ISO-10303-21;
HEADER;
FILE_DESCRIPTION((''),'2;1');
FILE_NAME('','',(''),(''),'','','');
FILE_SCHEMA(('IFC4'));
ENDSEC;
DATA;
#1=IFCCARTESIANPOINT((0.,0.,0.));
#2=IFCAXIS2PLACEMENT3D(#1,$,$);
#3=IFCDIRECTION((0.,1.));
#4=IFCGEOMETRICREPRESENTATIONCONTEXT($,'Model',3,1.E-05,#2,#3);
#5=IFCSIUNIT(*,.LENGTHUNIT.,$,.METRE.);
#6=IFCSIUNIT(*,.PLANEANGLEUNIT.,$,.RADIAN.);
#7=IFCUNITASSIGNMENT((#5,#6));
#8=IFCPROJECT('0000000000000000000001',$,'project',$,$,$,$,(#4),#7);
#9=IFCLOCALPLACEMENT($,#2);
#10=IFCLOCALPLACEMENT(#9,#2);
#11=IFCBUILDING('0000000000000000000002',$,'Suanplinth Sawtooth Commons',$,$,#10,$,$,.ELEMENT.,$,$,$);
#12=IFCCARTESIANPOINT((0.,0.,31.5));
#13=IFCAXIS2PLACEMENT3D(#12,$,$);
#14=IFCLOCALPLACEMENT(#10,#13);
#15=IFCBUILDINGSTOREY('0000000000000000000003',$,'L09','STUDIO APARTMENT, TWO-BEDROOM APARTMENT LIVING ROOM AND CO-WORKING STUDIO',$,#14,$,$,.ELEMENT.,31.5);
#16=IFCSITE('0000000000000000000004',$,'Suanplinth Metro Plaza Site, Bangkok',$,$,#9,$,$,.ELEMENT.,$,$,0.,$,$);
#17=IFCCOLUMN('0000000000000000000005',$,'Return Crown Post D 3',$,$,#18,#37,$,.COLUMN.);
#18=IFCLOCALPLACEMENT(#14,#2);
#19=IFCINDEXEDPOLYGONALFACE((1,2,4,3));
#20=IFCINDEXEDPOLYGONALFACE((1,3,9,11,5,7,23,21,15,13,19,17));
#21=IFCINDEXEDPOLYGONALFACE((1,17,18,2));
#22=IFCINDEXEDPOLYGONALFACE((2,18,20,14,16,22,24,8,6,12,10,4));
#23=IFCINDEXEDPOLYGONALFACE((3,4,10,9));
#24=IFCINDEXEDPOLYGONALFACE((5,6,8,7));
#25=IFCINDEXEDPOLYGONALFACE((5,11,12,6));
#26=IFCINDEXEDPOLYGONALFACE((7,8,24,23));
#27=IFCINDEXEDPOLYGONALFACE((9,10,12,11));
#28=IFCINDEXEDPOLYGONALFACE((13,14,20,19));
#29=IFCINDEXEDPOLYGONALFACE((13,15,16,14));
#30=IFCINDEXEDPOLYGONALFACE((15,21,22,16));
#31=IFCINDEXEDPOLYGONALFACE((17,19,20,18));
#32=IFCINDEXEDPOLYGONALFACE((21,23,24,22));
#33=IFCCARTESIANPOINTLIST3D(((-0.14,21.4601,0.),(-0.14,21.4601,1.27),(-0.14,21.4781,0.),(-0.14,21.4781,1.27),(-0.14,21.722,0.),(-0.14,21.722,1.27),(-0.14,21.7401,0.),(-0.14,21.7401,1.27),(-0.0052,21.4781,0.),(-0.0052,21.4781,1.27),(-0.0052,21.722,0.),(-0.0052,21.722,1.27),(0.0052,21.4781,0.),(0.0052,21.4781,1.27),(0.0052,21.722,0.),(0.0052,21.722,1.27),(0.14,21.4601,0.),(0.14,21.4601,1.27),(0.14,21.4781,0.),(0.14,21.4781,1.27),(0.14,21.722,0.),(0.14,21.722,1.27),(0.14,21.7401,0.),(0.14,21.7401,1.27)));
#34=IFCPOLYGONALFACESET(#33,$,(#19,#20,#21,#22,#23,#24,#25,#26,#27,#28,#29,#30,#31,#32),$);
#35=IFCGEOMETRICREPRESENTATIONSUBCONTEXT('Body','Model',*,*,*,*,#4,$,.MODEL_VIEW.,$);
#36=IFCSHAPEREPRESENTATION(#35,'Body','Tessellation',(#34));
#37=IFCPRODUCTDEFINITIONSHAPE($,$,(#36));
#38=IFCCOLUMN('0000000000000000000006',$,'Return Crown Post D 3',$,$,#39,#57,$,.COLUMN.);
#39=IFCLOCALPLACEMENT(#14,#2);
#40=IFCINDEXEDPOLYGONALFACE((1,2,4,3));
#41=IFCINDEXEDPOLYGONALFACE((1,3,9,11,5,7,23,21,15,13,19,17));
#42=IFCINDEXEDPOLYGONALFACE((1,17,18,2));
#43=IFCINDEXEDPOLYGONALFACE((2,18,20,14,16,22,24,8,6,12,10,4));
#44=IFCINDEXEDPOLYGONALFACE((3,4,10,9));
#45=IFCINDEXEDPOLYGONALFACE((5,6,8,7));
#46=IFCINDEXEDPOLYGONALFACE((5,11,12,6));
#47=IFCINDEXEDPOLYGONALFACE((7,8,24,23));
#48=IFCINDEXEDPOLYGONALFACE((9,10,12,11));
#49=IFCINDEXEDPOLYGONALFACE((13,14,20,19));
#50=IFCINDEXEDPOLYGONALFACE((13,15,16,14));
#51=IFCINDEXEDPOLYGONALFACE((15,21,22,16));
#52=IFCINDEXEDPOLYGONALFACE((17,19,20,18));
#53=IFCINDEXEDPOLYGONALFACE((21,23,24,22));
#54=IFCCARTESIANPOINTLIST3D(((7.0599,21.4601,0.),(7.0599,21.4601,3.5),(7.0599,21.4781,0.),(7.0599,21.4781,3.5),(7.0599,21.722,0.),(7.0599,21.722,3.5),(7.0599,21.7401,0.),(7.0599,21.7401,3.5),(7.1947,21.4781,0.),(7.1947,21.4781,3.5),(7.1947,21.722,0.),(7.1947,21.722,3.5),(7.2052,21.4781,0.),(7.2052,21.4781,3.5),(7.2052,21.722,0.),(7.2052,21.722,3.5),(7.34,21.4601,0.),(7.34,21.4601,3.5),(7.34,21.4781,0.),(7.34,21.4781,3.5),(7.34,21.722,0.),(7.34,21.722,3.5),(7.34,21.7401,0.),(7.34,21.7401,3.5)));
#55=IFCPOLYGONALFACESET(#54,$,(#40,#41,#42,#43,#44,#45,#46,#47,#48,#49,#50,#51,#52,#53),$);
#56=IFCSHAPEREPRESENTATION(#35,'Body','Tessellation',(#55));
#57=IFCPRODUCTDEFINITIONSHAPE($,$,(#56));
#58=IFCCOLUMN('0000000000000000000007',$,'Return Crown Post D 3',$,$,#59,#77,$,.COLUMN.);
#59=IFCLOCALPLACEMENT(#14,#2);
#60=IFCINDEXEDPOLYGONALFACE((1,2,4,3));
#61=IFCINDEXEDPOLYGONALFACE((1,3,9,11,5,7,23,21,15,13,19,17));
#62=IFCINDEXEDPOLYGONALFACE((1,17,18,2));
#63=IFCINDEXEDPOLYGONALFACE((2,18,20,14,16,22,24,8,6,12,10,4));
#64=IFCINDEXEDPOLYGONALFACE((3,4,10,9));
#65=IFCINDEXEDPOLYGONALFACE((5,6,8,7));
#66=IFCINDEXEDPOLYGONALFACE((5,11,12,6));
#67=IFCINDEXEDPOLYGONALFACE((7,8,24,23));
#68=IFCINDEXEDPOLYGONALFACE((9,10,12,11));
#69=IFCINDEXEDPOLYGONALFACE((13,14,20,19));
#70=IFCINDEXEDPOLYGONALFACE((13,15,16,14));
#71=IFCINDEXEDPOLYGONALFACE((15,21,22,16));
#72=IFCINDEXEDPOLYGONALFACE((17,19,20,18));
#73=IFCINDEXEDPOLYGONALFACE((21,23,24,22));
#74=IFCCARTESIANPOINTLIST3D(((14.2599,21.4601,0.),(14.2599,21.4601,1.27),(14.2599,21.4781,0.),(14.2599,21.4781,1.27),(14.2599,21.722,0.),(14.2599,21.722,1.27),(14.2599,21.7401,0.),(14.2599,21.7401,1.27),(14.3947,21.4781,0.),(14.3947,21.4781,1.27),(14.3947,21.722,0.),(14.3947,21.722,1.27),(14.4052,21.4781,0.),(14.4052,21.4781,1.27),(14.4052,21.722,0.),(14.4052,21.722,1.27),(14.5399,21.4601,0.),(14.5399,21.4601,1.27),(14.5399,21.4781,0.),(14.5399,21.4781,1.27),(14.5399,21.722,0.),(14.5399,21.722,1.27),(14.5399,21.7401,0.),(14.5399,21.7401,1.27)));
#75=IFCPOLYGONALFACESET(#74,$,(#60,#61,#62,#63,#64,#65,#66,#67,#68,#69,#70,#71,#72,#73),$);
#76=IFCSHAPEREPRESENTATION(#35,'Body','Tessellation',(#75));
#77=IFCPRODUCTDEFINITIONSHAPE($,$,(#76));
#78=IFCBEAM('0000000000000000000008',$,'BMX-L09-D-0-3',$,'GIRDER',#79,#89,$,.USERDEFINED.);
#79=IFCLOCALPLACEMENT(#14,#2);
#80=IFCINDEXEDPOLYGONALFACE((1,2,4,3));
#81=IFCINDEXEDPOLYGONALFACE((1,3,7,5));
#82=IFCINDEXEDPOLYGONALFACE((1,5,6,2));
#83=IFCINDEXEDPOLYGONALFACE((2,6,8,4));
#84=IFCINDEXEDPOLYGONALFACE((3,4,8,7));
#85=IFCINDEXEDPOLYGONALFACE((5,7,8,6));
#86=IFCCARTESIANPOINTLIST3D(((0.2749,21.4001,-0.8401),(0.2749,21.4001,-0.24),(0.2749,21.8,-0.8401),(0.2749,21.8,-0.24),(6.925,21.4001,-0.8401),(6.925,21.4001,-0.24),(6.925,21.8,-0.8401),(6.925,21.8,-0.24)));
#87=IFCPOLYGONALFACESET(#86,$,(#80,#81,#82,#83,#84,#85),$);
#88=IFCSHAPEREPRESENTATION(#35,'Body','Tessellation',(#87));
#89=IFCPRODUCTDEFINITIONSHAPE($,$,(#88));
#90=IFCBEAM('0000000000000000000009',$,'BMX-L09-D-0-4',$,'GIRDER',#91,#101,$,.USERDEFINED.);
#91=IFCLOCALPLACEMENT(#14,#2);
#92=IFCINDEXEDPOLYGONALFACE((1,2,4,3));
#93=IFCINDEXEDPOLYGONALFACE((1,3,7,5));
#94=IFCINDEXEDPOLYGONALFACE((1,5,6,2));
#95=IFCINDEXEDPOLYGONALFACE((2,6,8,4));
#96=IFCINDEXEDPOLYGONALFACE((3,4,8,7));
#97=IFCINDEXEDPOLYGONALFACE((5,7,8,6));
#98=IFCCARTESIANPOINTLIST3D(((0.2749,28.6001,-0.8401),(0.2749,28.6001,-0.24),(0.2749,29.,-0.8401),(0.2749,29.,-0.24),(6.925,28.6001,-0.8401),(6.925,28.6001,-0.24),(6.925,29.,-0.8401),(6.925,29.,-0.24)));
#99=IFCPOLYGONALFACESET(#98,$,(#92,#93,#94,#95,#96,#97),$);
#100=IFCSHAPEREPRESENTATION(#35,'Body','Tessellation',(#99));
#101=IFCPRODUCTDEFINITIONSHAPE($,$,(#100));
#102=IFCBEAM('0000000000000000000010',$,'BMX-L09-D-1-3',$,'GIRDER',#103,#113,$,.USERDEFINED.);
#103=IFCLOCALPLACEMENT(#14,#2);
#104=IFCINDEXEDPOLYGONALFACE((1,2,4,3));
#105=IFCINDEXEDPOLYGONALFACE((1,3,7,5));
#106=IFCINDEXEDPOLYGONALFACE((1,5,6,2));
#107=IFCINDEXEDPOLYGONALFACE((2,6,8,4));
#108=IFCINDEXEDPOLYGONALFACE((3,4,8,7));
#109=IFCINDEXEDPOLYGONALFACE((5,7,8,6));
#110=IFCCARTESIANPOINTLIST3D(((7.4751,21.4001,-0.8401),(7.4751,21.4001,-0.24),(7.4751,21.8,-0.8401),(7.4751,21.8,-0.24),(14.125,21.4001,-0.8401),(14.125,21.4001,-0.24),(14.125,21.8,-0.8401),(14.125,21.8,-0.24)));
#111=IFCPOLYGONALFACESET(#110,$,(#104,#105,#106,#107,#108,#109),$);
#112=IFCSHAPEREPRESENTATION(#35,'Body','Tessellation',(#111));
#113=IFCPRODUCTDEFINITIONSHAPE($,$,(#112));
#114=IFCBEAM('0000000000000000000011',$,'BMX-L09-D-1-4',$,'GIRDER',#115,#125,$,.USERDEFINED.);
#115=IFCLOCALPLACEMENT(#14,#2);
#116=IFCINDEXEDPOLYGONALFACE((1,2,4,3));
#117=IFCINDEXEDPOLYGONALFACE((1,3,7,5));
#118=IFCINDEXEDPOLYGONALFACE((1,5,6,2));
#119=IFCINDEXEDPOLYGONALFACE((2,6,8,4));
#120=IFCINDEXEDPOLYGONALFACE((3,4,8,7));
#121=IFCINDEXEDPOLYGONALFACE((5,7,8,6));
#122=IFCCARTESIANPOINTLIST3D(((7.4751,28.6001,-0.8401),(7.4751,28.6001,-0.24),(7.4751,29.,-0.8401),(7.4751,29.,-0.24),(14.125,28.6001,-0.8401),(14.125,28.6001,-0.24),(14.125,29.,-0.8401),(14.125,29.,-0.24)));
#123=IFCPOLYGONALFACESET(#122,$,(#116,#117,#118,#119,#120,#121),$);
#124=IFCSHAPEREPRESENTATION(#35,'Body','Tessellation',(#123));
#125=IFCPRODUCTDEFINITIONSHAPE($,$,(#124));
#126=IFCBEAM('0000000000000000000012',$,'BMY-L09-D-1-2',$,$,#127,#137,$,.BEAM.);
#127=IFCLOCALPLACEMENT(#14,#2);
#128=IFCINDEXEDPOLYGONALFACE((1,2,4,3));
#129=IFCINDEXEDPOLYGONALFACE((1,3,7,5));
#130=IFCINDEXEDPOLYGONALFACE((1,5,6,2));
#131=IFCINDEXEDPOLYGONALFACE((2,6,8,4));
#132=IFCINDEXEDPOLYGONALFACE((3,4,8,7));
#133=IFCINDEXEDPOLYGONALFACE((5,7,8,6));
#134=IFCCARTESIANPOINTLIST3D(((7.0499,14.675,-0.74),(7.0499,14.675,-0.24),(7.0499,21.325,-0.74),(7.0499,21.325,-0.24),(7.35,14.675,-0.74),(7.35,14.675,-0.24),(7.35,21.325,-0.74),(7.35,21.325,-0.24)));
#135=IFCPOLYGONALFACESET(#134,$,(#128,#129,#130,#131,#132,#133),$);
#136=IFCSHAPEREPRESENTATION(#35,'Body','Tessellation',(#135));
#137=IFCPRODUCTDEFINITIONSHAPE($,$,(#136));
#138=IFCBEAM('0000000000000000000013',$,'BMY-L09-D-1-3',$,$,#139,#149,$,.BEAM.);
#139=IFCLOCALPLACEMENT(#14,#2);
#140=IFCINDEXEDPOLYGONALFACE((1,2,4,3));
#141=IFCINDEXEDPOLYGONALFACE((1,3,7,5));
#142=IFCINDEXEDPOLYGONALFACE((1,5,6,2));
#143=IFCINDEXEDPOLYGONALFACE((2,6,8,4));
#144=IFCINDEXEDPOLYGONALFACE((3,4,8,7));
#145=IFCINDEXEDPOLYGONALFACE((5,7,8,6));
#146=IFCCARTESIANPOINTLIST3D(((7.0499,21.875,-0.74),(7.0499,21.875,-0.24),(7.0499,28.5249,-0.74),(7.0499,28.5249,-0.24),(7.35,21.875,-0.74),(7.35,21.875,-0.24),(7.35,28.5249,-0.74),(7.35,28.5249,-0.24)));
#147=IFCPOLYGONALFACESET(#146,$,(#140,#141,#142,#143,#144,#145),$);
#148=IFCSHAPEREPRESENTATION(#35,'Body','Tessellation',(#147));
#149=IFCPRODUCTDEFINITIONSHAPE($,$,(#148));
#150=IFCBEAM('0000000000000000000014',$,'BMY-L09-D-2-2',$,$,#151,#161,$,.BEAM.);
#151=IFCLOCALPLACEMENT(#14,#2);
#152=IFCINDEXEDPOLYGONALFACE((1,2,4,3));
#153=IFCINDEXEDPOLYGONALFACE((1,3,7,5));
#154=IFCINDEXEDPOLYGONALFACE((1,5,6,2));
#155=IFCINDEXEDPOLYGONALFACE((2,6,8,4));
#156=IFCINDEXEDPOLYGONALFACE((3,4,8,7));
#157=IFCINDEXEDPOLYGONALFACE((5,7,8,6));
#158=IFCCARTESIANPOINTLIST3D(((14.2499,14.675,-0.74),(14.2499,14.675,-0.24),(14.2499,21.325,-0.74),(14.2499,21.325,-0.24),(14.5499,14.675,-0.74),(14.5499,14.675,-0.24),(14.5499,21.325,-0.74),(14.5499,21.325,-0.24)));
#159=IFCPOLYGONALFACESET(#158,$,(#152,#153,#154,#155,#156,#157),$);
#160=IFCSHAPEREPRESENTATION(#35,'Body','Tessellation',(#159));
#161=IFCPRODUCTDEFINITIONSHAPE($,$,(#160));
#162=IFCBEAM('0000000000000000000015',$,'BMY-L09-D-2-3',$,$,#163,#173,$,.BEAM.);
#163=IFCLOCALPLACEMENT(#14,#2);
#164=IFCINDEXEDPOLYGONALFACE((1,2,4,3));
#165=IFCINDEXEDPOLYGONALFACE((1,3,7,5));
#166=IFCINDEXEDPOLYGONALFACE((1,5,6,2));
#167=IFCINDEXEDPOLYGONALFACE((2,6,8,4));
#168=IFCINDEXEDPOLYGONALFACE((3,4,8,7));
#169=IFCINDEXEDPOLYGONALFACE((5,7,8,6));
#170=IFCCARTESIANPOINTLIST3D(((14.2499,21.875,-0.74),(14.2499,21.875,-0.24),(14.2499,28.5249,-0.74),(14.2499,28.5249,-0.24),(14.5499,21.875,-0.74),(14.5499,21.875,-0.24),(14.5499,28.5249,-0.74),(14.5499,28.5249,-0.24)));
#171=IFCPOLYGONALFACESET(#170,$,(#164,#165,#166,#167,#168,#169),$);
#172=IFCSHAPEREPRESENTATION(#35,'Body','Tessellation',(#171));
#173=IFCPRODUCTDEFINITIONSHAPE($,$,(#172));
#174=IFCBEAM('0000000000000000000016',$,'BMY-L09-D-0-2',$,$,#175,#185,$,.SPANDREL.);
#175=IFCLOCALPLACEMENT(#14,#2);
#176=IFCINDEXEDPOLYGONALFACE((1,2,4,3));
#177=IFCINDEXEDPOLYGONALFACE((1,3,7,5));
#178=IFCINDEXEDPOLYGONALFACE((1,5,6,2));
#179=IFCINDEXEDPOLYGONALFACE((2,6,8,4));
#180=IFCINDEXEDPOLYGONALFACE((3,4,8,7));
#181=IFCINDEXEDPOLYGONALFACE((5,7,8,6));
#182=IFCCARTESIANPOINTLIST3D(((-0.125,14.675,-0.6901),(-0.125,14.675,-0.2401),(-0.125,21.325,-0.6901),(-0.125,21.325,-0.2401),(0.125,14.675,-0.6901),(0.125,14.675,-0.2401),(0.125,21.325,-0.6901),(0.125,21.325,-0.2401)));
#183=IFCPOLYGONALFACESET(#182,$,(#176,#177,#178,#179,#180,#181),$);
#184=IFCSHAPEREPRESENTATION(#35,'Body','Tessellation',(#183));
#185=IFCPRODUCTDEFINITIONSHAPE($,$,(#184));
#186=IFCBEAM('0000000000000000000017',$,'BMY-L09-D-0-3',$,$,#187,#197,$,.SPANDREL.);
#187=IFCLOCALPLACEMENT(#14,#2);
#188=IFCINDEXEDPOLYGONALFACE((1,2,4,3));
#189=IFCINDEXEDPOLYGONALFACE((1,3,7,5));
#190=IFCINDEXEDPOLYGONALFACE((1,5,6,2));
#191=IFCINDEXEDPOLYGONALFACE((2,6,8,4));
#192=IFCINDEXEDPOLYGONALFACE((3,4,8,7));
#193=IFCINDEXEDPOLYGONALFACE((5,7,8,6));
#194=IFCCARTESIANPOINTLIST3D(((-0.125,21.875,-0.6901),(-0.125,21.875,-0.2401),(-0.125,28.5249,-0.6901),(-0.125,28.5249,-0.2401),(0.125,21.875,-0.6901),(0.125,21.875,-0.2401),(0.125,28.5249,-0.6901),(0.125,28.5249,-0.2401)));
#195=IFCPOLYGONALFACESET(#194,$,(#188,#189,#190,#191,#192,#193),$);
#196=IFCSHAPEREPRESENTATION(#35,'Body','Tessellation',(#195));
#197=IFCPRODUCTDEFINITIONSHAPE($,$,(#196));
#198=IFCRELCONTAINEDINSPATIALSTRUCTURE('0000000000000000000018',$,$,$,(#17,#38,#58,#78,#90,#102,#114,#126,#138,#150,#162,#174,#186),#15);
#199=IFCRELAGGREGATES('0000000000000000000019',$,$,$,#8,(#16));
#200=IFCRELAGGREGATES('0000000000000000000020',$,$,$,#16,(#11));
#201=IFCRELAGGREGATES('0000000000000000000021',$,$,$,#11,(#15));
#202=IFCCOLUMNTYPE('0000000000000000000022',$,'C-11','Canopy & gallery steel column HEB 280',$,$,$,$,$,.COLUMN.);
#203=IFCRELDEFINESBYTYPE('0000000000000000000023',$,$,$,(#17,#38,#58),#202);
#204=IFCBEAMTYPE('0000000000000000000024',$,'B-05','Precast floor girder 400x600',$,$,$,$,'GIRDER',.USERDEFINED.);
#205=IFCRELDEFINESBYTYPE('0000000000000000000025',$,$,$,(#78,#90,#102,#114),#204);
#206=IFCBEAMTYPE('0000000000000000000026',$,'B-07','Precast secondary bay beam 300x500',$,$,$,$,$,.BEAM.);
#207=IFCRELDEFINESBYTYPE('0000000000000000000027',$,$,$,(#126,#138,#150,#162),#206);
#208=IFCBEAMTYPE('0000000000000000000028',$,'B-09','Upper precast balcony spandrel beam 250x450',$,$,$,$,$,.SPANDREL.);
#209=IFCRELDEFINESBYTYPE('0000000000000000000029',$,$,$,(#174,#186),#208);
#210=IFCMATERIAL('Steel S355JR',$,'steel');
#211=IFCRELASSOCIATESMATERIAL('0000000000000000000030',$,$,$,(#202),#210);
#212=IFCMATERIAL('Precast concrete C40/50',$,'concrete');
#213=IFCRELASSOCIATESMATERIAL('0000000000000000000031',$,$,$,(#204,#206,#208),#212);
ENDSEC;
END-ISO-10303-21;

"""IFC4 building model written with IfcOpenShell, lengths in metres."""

from ifc_helpers import new_model, si_unit, direction, frame, origin, origin_2d, place, context, subcontext, project, spatial, rectangle, i_section, extrude, material, material_profile, profile_set, type_object, element, save


model = new_model("IFC4")

# Units and contexts
model_context = context("Model", 3, precision=1e-05, world=origin(), true_north=direction((0.0, 1.0)))
body_context = subcontext(model_context, "Body", "Model", "MODEL_VIEW")
ifc_project = project(units=[si_unit("LENGTHUNIT", "METRE"), si_unit("PLANEANGLEUNIT", "RADIAN")], contexts=[model_context])

# Site, building, storey
site_placement = place(None, origin())
site = spatial("IfcSite", under=ifc_project, at=site_placement, Name="Suanplinth Metro Plaza Site, Bangkok", CompositionType="ELEMENT", RefElevation=0.0)
building_placement = place(site_placement, origin())
building = spatial("IfcBuilding", under=site, at=building_placement, Name="Suanplinth Sawtooth Commons", CompositionType="ELEMENT")
storey_placement = place(building_placement, frame((0.0, 0.0, 31.5)))
storey = spatial("IfcBuildingStorey", under=building, at=storey_placement, Name="L09", Description="STUDIO APARTMENT, TWO-BEDROOM APARTMENT LIVING ROOM AND CO-WORKING STUDIO", CompositionType="ELEMENT", Elevation=31.5)

# Columns
ifc_material_1 = material(Name="Steel S355JR", Category="steel")
ifc_material_profile_1 = material_profile(ifc_material_1, i_section(OverallWidth=0.28, OverallDepth=0.28, WebThickness=0.0105, FlangeThickness=0.0181, at=origin_2d()), Name="HEB 280")
ifc_profile_set_1 = profile_set([ifc_material_profile_1], Name="Steel S355JR")
column_type = type_object("IfcColumnType", Name="C-11", Description="Canopy & gallery steel column HEB 280", PredefinedType="COLUMN", material=ifc_profile_set_1)
column_1_placement = place(storey_placement, frame((0.0, 21.6001, 0.0), z_axis=(0.0, 0.0, 1.0), x_axis=(1.0, 0.0, 0.0)))
element("IfcColumn", 1, at=column_1_placement, inside=storey, type_object=column_type, Name="Return Crown Post D 3", PredefinedType="COLUMN", context=body_context, shape_type="SweptSolid", body=[
    extrude(i_section(OverallWidth=0.28, OverallDepth=0.28, WebThickness=0.0105, FlangeThickness=0.0181, at=origin_2d()), origin(), (0.0, 0.0, 1.0), 1.27),
])
column_2_placement = place(storey_placement, frame((7.2, 21.6001, 0.0), z_axis=(0.0, 0.0, 1.0), x_axis=(1.0, 0.0, 0.0)))
element("IfcColumn", 2, at=column_2_placement, inside=storey, type_object=column_type, Name="Return Crown Post D 3", PredefinedType="COLUMN", context=body_context, shape_type="SweptSolid", body=[
    extrude(i_section(OverallWidth=0.28, OverallDepth=0.28, WebThickness=0.0105, FlangeThickness=0.0181, at=origin_2d()), origin(), (0.0, 0.0, 1.0), 3.5),
])
column_3_placement = place(storey_placement, frame((14.3999, 21.6001, 0.0), z_axis=(0.0, 0.0, 1.0), x_axis=(1.0, 0.0, 0.0)))
element("IfcColumn", 3, at=column_3_placement, inside=storey, type_object=column_type, Name="Return Crown Post D 3", PredefinedType="COLUMN", context=body_context, shape_type="SweptSolid", body=[
    extrude(i_section(OverallWidth=0.28, OverallDepth=0.28, WebThickness=0.0105, FlangeThickness=0.0181, at=origin_2d()), origin(), (0.0, 0.0, 1.0), 1.27),
])

# Beams
ifc_material_2 = material(Name="Precast concrete C40/50", Category="concrete")
ifc_material_profile_2 = material_profile(ifc_material_2, rectangle(XDim=0.3999, YDim=0.6001, at=origin_2d()), Name="PC-GDR 400x600")
ifc_profile_set_2 = profile_set([ifc_material_profile_2], Name="Precast concrete C40/50")
beam_type_1 = type_object("IfcBeamType", Name="B-05", Description="Precast floor girder 400x600", ElementType="GIRDER", PredefinedType="USERDEFINED", material=ifc_profile_set_2)
for number, where, z_axis, x_axis, name in (
    (4, (0.2749, 21.6001, -0.54), (1.0, 0.0, 0.0), (0.0, 1.0, 0.0), "BMX-L09-D-0-3"),
    (5, (0.2749, 28.8, -0.54), (1.0, 0.0, 0.0), (0.0, 1.0, 0.0), "BMX-L09-D-0-4"),
):
    element("IfcBeam", number, at=place(storey_placement, frame(where, z_axis=z_axis, x_axis=x_axis)), inside=storey, type_object=beam_type_1, Name=name, ObjectType="GIRDER", PredefinedType="USERDEFINED", context=body_context, shape_type="SweptSolid", body=[
        extrude(rectangle(XDim=0.3999, YDim=0.6001, at=origin_2d()), origin(), (0.0, 0.0, 1.0), 6.6501),
    ])
for number, where, z_axis, x_axis, name in (
    (6, (7.4751, 21.6001, -0.54), (1.0, 0.0, 0.0), (0.0, 1.0, 0.0), "BMX-L09-D-1-3"),
    (7, (7.4751, 28.8, -0.54), (1.0, 0.0, 0.0), (0.0, 1.0, 0.0), "BMX-L09-D-1-4"),
):
    element("IfcBeam", number, at=place(storey_placement, frame(where, z_axis=z_axis, x_axis=x_axis)), inside=storey, type_object=beam_type_1, Name=name, ObjectType="GIRDER", PredefinedType="USERDEFINED", context=body_context, shape_type="SweptSolid", body=[
        extrude(rectangle(XDim=0.3999, YDim=0.6001, at=origin_2d()), origin(), (0.0, 0.0, 1.0), 6.6499),
    ])
ifc_material_profile_3 = material_profile(ifc_material_2, rectangle(XDim=0.3, YDim=0.5, at=origin_2d()), Name="PC-BM 300x500")
ifc_profile_set_3 = profile_set([ifc_material_profile_3], Name="Precast concrete C40/50")
beam_type_2 = type_object("IfcBeamType", Name="B-07", Description="Precast secondary bay beam 300x500", PredefinedType="BEAM", material=ifc_profile_set_3)
for number, where, z_axis, x_axis, name in (
    (8, (7.2, 14.675, -0.49), (0.0, 1.0, 0.0), (-1.0, 0.0, 0.0), "BMY-L09-D-1-2"),
    (9, (7.2, 21.875, -0.49), (0.0, 1.0, 0.0), (-1.0, 0.0, 0.0), "BMY-L09-D-1-3"),
    (10, (14.3999, 14.675, -0.49), (0.0, 1.0, 0.0), (-1.0, 0.0, 0.0), "BMY-L09-D-2-2"),
    (11, (14.3999, 21.875, -0.49), (0.0, 1.0, 0.0), (-1.0, 0.0, 0.0), "BMY-L09-D-2-3"),
):
    element("IfcBeam", number, at=place(storey_placement, frame(where, z_axis=z_axis, x_axis=x_axis)), inside=storey, type_object=beam_type_2, Name=name, PredefinedType="BEAM", context=body_context, shape_type="SweptSolid", body=[
        extrude(rectangle(XDim=0.3, YDim=0.5, at=origin_2d()), origin(), (0.0, 0.0, 1.0), 6.6499),
    ])
ifc_material_profile_4 = material_profile(ifc_material_2, rectangle(XDim=0.25, YDim=0.45, at=origin_2d()), Name="PC-SP 250x450")
ifc_profile_set_4 = profile_set([ifc_material_profile_4], Name="Precast concrete C40/50")
beam_type_3 = type_object("IfcBeamType", Name="B-09", Description="Upper precast balcony spandrel beam 250x450", PredefinedType="SPANDREL", material=ifc_profile_set_4)
for number, where, z_axis, x_axis, name in (
    (12, (0.0, 14.675, -0.4651), (0.0, 1.0, 0.0), (-1.0, 0.0, 0.0), "BMY-L09-D-0-2"),
    (13, (0.0, 21.875, -0.4651), (0.0, 1.0, 0.0), (-1.0, 0.0, 0.0), "BMY-L09-D-0-3"),
):
    element("IfcBeam", number, at=place(storey_placement, frame(where, z_axis=z_axis, x_axis=x_axis)), inside=storey, type_object=beam_type_3, Name=name, PredefinedType="SPANDREL", context=body_context, shape_type="SweptSolid", body=[
        extrude(rectangle(XDim=0.25, YDim=0.45, at=origin_2d()), origin(), (0.0, 0.0, 1.0), 6.6499),
    ])

save(model, "model.ifc")
